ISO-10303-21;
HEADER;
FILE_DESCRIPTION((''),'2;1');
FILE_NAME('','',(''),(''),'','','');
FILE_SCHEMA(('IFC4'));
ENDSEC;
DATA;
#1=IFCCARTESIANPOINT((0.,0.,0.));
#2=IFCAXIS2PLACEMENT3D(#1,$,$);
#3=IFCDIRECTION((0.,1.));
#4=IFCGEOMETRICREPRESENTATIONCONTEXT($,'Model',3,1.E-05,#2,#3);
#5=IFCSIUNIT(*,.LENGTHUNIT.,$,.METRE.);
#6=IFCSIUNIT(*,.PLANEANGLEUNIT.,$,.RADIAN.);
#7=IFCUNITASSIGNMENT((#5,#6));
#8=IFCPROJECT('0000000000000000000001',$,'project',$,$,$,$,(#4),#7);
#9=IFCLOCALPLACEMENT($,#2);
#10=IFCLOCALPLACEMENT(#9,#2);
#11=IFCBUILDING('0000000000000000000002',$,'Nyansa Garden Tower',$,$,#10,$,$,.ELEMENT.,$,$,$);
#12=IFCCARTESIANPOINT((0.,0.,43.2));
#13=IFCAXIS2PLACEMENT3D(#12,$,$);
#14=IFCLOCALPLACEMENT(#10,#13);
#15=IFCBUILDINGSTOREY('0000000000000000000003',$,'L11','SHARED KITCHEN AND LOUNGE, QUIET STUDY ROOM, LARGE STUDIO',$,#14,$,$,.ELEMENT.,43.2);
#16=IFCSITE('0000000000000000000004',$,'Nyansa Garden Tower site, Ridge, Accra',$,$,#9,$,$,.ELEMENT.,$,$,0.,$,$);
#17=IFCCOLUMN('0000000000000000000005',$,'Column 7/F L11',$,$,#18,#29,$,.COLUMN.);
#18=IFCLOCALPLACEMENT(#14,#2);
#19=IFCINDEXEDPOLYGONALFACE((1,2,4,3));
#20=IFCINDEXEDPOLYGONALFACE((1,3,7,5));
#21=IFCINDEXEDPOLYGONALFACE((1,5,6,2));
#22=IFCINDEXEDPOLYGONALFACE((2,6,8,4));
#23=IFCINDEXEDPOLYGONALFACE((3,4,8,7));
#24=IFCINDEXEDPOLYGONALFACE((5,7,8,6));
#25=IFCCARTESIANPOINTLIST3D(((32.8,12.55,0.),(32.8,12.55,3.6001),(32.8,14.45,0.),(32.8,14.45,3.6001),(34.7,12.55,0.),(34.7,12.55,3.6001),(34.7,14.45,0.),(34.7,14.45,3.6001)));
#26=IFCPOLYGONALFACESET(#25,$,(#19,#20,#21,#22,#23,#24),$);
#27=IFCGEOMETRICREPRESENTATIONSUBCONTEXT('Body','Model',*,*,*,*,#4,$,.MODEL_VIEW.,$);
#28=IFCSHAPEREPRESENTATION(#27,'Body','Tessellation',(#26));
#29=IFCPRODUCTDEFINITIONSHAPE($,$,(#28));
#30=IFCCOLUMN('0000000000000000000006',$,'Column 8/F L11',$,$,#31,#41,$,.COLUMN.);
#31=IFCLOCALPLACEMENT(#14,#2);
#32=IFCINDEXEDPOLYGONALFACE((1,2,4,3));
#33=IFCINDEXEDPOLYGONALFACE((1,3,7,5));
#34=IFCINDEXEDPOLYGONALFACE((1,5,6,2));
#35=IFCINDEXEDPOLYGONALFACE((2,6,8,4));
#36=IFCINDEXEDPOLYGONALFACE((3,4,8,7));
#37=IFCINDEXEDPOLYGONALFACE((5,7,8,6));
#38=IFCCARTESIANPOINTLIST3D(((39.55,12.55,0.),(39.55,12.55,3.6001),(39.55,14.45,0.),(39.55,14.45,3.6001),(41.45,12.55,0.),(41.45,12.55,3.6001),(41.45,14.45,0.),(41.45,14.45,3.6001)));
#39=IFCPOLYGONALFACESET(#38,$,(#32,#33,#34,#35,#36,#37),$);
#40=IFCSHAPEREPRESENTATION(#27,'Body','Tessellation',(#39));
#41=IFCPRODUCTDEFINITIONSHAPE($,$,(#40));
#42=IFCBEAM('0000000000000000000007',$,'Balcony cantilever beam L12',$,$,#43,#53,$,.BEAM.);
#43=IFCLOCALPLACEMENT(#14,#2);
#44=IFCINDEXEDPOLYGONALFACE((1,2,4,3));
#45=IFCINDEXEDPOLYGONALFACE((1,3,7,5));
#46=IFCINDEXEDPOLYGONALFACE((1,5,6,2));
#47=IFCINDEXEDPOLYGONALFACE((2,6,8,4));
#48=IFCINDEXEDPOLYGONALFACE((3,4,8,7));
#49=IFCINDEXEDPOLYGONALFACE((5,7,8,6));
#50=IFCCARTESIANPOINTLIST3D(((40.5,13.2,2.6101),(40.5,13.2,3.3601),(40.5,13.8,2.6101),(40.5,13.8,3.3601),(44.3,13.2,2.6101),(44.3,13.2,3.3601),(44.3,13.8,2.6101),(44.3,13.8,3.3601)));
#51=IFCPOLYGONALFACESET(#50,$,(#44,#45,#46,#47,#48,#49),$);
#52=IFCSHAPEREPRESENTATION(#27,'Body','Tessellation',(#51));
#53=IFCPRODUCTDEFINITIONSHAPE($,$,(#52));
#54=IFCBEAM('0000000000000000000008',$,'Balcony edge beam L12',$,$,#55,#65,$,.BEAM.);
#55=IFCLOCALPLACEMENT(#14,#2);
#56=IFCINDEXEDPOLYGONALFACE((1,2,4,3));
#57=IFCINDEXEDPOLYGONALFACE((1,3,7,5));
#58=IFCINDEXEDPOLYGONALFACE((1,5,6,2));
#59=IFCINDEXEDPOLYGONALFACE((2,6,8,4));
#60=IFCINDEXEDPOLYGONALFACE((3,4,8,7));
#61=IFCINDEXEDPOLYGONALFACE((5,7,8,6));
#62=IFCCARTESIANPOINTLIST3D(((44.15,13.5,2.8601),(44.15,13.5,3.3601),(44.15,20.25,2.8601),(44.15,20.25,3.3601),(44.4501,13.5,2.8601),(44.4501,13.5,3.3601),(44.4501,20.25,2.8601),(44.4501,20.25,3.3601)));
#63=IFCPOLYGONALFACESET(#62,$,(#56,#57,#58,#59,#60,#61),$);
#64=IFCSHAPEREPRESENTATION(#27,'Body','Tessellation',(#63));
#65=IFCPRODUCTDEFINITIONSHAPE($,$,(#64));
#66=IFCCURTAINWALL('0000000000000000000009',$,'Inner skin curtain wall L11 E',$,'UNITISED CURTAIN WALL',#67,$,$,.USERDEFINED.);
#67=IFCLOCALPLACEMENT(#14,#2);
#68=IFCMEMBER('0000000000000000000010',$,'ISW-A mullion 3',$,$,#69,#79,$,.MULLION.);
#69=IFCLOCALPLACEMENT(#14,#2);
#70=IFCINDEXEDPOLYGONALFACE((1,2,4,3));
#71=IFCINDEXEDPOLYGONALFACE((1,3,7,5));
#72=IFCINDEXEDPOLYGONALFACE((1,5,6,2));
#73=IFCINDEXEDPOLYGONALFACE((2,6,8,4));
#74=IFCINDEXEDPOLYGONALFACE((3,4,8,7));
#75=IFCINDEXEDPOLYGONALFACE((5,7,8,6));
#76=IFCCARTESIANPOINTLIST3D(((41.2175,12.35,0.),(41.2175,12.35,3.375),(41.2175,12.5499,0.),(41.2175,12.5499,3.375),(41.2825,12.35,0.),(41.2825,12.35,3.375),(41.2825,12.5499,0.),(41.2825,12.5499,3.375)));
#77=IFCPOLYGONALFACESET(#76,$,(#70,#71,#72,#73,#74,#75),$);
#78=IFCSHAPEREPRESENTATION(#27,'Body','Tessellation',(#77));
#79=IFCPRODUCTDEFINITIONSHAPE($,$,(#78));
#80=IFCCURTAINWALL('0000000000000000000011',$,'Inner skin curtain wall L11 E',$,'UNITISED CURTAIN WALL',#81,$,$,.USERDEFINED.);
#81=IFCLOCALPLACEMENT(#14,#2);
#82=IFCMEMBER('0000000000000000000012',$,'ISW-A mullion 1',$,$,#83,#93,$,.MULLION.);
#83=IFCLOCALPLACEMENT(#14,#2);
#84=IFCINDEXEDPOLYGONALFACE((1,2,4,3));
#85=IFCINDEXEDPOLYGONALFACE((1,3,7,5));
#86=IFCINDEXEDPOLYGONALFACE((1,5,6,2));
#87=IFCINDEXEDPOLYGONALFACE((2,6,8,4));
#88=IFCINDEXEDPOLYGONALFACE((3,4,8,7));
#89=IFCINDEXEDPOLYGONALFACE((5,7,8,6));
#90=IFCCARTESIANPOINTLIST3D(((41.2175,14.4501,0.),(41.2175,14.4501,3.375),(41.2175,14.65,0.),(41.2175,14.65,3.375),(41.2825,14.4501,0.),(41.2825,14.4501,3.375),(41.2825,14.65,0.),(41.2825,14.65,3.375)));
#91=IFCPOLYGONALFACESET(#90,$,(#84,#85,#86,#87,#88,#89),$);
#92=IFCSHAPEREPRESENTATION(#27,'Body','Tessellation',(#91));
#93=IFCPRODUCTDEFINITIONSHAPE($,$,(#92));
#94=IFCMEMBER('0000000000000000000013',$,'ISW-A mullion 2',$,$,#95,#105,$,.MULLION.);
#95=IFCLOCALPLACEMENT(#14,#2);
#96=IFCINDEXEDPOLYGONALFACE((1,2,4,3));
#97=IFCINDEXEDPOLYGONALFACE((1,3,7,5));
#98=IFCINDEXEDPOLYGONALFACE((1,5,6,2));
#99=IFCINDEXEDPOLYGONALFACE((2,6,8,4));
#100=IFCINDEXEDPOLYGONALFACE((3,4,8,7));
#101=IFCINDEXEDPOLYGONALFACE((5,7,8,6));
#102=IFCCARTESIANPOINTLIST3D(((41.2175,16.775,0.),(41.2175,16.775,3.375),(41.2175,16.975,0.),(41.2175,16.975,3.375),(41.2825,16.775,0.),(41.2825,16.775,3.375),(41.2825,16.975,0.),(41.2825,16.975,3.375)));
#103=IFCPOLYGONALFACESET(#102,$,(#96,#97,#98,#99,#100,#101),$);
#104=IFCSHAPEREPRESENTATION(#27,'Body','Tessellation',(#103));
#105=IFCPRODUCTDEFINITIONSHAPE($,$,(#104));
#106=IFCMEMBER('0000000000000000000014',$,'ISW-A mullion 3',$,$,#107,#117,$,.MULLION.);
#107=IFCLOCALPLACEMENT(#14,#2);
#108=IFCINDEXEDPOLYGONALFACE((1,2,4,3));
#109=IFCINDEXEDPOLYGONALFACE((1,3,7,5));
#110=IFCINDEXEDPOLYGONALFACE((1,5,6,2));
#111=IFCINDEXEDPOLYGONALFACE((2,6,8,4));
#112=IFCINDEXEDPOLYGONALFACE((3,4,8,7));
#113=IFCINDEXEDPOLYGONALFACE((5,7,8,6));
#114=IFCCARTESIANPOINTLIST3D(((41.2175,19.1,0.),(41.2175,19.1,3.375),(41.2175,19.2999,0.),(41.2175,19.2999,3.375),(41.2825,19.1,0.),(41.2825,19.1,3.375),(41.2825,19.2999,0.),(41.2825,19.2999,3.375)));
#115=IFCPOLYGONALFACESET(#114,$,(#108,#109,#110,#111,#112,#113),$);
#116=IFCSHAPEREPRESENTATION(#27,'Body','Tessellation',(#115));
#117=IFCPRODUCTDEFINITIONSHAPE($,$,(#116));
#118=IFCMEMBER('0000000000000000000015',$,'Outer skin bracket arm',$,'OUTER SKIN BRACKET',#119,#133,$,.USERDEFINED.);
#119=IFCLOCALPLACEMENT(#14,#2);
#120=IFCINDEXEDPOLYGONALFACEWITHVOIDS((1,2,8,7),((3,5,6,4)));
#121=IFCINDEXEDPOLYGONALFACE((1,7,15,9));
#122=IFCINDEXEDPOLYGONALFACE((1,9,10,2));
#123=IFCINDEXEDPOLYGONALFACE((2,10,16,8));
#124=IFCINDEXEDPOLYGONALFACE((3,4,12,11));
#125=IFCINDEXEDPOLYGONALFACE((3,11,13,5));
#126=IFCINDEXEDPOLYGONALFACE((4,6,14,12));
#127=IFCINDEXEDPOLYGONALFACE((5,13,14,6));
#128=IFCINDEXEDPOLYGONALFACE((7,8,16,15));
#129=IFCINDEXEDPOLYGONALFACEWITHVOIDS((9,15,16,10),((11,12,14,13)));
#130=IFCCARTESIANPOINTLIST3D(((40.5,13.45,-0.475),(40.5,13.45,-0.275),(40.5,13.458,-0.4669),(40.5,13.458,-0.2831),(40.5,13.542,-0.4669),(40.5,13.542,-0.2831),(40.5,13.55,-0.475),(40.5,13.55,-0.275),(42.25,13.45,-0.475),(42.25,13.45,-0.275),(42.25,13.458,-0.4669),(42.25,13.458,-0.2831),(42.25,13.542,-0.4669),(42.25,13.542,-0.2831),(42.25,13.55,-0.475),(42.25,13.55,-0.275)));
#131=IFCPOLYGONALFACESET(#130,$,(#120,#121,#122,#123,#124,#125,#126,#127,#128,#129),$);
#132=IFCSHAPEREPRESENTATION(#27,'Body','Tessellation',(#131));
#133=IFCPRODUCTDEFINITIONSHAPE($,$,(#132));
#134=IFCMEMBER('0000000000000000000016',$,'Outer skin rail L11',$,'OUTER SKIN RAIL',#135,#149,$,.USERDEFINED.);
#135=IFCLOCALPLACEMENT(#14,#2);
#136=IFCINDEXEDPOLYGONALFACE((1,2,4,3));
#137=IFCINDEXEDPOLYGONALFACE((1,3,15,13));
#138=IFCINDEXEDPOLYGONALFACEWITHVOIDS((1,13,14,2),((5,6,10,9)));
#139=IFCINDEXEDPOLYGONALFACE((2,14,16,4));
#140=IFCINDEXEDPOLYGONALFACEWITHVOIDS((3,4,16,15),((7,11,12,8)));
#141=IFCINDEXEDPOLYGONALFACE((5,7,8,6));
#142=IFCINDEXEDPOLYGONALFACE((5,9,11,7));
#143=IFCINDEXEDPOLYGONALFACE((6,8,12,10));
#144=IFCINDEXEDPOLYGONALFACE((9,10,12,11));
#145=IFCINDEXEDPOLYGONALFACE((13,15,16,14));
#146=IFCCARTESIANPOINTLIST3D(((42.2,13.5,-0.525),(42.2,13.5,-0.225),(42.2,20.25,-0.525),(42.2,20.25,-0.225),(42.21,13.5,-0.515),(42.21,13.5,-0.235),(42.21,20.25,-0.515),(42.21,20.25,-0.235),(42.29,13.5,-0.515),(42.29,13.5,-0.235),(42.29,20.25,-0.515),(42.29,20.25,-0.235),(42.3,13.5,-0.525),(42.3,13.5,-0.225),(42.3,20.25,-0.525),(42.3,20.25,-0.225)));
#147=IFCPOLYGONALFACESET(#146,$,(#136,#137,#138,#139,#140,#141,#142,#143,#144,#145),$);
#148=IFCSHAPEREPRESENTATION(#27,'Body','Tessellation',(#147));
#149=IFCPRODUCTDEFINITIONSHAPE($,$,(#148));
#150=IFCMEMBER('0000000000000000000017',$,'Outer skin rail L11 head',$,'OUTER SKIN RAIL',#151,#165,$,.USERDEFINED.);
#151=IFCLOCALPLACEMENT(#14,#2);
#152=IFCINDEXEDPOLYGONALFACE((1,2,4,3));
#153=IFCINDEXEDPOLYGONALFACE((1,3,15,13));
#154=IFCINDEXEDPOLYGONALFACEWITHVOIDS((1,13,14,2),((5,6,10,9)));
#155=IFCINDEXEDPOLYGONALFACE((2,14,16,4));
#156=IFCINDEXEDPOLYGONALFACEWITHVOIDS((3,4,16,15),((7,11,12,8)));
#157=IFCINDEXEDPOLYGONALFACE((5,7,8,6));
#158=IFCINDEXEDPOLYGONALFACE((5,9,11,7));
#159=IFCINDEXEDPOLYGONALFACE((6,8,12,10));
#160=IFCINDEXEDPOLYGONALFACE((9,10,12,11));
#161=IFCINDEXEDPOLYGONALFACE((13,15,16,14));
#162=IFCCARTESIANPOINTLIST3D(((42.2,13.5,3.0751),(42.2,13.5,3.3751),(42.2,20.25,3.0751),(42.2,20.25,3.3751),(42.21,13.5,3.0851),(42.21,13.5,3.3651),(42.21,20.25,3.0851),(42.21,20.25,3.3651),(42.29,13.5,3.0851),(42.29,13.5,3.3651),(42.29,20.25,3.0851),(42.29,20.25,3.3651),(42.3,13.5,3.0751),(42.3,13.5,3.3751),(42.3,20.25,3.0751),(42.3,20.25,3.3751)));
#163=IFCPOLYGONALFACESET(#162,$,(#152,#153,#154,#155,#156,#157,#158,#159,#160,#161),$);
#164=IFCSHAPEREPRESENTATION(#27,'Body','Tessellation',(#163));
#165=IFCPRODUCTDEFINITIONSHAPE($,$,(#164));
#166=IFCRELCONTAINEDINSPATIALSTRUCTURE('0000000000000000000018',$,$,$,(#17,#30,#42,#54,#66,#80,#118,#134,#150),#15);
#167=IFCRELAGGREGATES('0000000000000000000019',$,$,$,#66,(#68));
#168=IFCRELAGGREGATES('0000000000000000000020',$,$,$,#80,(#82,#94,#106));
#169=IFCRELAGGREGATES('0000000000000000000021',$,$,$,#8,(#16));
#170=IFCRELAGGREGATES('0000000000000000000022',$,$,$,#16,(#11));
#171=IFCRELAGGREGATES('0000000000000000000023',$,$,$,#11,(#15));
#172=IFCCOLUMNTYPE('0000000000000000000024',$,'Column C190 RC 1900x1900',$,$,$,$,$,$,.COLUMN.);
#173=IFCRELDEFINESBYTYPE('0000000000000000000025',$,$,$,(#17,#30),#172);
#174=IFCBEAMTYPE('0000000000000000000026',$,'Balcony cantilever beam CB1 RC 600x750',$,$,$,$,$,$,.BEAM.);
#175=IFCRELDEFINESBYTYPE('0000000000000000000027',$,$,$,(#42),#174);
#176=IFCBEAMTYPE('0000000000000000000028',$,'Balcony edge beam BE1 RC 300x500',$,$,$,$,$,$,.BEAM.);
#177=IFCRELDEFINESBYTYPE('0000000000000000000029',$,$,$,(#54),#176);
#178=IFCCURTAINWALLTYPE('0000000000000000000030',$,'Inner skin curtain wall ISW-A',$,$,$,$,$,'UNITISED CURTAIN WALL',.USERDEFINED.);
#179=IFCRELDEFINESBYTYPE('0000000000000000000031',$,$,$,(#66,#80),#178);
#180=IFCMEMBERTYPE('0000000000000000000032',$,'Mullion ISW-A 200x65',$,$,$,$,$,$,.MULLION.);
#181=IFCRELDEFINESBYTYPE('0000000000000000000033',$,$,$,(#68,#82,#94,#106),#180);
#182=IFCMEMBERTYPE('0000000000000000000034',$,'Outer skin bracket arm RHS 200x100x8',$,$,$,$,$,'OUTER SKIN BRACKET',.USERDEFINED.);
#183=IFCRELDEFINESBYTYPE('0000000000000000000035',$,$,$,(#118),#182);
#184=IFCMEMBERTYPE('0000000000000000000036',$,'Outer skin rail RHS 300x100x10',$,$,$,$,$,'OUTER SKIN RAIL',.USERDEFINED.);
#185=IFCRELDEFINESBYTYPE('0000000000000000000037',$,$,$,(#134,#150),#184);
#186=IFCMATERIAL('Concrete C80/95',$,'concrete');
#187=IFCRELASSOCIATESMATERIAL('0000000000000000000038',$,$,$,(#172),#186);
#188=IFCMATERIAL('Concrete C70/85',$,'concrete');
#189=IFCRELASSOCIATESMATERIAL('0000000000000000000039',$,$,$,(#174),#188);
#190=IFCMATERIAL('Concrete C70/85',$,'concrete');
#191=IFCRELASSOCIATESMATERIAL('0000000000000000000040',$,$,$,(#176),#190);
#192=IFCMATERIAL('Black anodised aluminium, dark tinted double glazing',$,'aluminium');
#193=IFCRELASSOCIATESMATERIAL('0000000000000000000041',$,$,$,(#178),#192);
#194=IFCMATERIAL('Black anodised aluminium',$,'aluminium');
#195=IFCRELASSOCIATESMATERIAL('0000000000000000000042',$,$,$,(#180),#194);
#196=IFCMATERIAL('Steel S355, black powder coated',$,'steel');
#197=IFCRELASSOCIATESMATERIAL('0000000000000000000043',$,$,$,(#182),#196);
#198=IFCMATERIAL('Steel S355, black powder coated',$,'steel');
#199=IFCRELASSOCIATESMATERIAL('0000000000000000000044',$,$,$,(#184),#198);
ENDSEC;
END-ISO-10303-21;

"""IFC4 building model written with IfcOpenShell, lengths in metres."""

from ifc_helpers import new_model, si_unit, direction, frame, origin, origin_2d, place, context, subcontext, project, spatial, rectangle, hollow_rectangle, extrude, material, material_profile, profile_set, type_object, element, aggregate, save


model = new_model("IFC4")

# Units and contexts
model_context = context("Model", 3, precision=1e-05, world=origin(), true_north=direction((0.0, 1.0)))
body_context = subcontext(model_context, "Body", "Model", "MODEL_VIEW")
ifc_project = project(units=[si_unit("LENGTHUNIT", "METRE"), si_unit("PLANEANGLEUNIT", "RADIAN")], contexts=[model_context])

# Site, building, storey
site_placement = place(None, origin())
site = spatial("IfcSite", under=ifc_project, at=site_placement, Name="Nyansa Garden Tower site, Ridge, Accra", CompositionType="ELEMENT", RefElevation=0.0)
building_placement = place(site_placement, origin())
building = spatial("IfcBuilding", under=site, at=building_placement, Name="Nyansa Garden Tower", CompositionType="ELEMENT")
storey_placement = place(building_placement, frame((0.0, 0.0, 43.2)))
storey = spatial("IfcBuildingStorey", under=building, at=storey_placement, Name="L11", Description="SHARED KITCHEN AND LOUNGE, QUIET STUDY ROOM, LARGE STUDIO", CompositionType="ELEMENT", Elevation=43.2)

# Columns
ifc_material_1 = material(Name="Concrete C80/95", Category="concrete")
ifc_material_profile_1 = material_profile(ifc_material_1, rectangle(XDim=1.8999, YDim=1.8999, at=origin_2d()), Name="RC 1900x1900")
ifc_profile_set_1 = profile_set([ifc_material_profile_1], Name="Concrete C80/95")
column_type = type_object("IfcColumnType", Name="Column C190 RC 1900x1900", PredefinedType="COLUMN", material=ifc_profile_set_1)
for number, where, z_axis, x_axis, name in (
    (1, (33.75, 13.5, 0.0), (0.0, 0.0, 1.0), (1.0, 0.0, 0.0), "Column 7/F L11"),
    (2, (40.5, 13.5, 0.0), (0.0, 0.0, 1.0), (1.0, 0.0, 0.0), "Column 8/F L11"),
):
    element("IfcColumn", number, at=place(storey_placement, frame(where, z_axis=z_axis, x_axis=x_axis)), inside=storey, type_object=column_type, Name=name, PredefinedType="COLUMN", context=body_context, shape_type="SweptSolid", body=[
        extrude(rectangle(XDim=1.8999, YDim=1.8999, at=origin_2d()), origin(), (0.0, 0.0, 1.0), 3.6001),
    ])

# Beams
ifc_material_2 = material(Name="Concrete C70/85", Category="concrete")
ifc_material_profile_2 = material_profile(ifc_material_2, rectangle(XDim=0.6001, YDim=0.75, at=origin_2d()), Name="RC 600x750")
ifc_profile_set_2 = profile_set([ifc_material_profile_2], Name="Concrete C70/85")
beam_type_1 = type_object("IfcBeamType", Name="Balcony cantilever beam CB1 RC 600x750", PredefinedType="BEAM", material=ifc_profile_set_2)
beam_1_placement = place(storey_placement, frame((40.5, 13.5, 2.9851), z_axis=(1.0, 0.0, 0.0), x_axis=(0.0, 1.0, 0.0)))
element("IfcBeam", 3, at=beam_1_placement, inside=storey, type_object=beam_type_1, Name="Balcony cantilever beam L12", PredefinedType="BEAM", context=body_context, shape_type="SweptSolid", body=[
    extrude(rectangle(XDim=0.6001, YDim=0.75, at=origin_2d()), origin(), (0.0, 0.0, 1.0), 3.8),
])
ifc_material_3 = material(Name="Concrete C70/85", Category="concrete")
ifc_material_profile_3 = material_profile(ifc_material_3, rectangle(XDim=0.3, YDim=0.5, at=origin_2d()), Name="RC 300x500")
ifc_profile_set_3 = profile_set([ifc_material_profile_3], Name="Concrete C70/85")
beam_type_2 = type_object("IfcBeamType", Name="Balcony edge beam BE1 RC 300x500", PredefinedType="BEAM", material=ifc_profile_set_3)
beam_2_placement = place(storey_placement, frame((44.3, 13.5, 3.1101), z_axis=(0.0, 1.0, 0.0), x_axis=(-1.0, 0.0, 0.0)))
element("IfcBeam", 4, at=beam_2_placement, inside=storey, type_object=beam_type_2, Name="Balcony edge beam L12", PredefinedType="BEAM", context=body_context, shape_type="SweptSolid", body=[
    extrude(rectangle(XDim=0.3, YDim=0.5, at=origin_2d()), origin(), (0.0, 0.0, 1.0), 6.75),
])

# Curtain wall, member
ifc_material_4 = material(Name="Black anodised aluminium, dark tinted double glazing", Category="aluminium")
curtain_wall_type = type_object("IfcCurtainWallType", Name="Inner skin curtain wall ISW-A", ElementType="UNITISED CURTAIN WALL", PredefinedType="USERDEFINED", material=ifc_material_4)
curtain_wall_1_placement = place(storey_placement, origin())
curtain_wall_1 = element("IfcCurtainWall", 5, at=curtain_wall_1_placement, inside=storey, type_object=curtain_wall_type, Name="Inner skin curtain wall L11 E", ObjectType="UNITISED CURTAIN WALL", PredefinedType="USERDEFINED")
ifc_material_5 = material(Name="Black anodised aluminium", Category="aluminium")
ifc_material_profile_4 = material_profile(ifc_material_5, rectangle(XDim=0.0649, YDim=0.2, at=origin_2d()), Name="Mullion 200x65")
ifc_profile_set_4 = profile_set([ifc_material_profile_4], Name="Black anodised aluminium")
member_type_1 = type_object("IfcMemberType", Name="Mullion ISW-A 200x65", PredefinedType="MULLION", material=ifc_profile_set_4)
member_1_placement = place(storey_placement, frame((41.25, 12.45, 0.0), z_axis=(0.0, 0.0, 1.0), x_axis=(-1.0, 0.0, 0.0)))
member_1 = element("IfcMember", 6, at=member_1_placement, type_object=member_type_1, Name="ISW-A mullion 3", PredefinedType="MULLION", context=body_context, shape_type="SweptSolid", body=[
    extrude(rectangle(XDim=0.0649, YDim=0.2, at=origin_2d()), origin(), (0.0, 0.0, 1.0), 3.375),
])
aggregate(curtain_wall_1, [member_1])

# Curtain wall, members
curtain_wall_2_placement = place(storey_placement, origin())
curtain_wall_2 = element("IfcCurtainWall", 7, at=curtain_wall_2_placement, inside=storey, type_object=curtain_wall_type, Name="Inner skin curtain wall L11 E", ObjectType="UNITISED CURTAIN WALL", PredefinedType="USERDEFINED")
member_2_placement = place(storey_placement, frame((41.25, 14.55, 0.0), z_axis=(0.0, 0.0, 1.0), x_axis=(-1.0, 0.0, 0.0)))
member_2 = element("IfcMember", 8, at=member_2_placement, type_object=member_type_1, Name="ISW-A mullion 1", PredefinedType="MULLION", context=body_context, shape_type="SweptSolid", body=[
    extrude(rectangle(XDim=0.0649, YDim=0.2, at=origin_2d()), origin(), (0.0, 0.0, 1.0), 3.375),
])
member_3_placement = place(storey_placement, frame((41.25, 16.875, 0.0), z_axis=(0.0, 0.0, 1.0), x_axis=(-1.0, 0.0, 0.0)))
member_3 = element("IfcMember", 9, at=member_3_placement, type_object=member_type_1, Name="ISW-A mullion 2", PredefinedType="MULLION", context=body_context, shape_type="SweptSolid", body=[
    extrude(rectangle(XDim=0.0649, YDim=0.2, at=origin_2d()), origin(), (0.0, 0.0, 1.0), 3.375),
])
member_4_placement = place(storey_placement, frame((41.25, 19.2, 0.0), z_axis=(0.0, 0.0, 1.0), x_axis=(-1.0, 0.0, 0.0)))
member_4 = element("IfcMember", 10, at=member_4_placement, type_object=member_type_1, Name="ISW-A mullion 3", PredefinedType="MULLION", context=body_context, shape_type="SweptSolid", body=[
    extrude(rectangle(XDim=0.0649, YDim=0.2, at=origin_2d()), origin(), (0.0, 0.0, 1.0), 3.375),
])

# Members
ifc_material_6 = material(Name="Steel S355, black powder coated", Category="steel")
ifc_material_profile_5 = material_profile(ifc_material_6, hollow_rectangle(XDim=0.1001, YDim=0.2, WallThickness=0.0081, at=origin_2d()), Name="RHS 200x100x8")
ifc_profile_set_5 = profile_set([ifc_material_profile_5], Name="Steel S355, black powder coated")
member_type_2 = type_object("IfcMemberType", Name="Outer skin bracket arm RHS 200x100x8", ElementType="OUTER SKIN BRACKET", PredefinedType="USERDEFINED", material=ifc_profile_set_5)
member_5_placement = place(storey_placement, frame((40.5, 13.5, -0.375), z_axis=(1.0, 0.0, 0.0), x_axis=(0.0, 1.0, 0.0)))
element("IfcMember", 11, at=member_5_placement, inside=storey, type_object=member_type_2, Name="Outer skin bracket arm", ObjectType="OUTER SKIN BRACKET", PredefinedType="USERDEFINED", context=body_context, shape_type="SweptSolid", body=[
    extrude(hollow_rectangle(XDim=0.1001, YDim=0.2, WallThickness=0.0081, at=origin_2d()), origin(), (0.0, 0.0, 1.0), 1.75),
])
ifc_material_7 = material(Name="Steel S355, black powder coated", Category="steel")
ifc_material_profile_6 = material_profile(ifc_material_7, hollow_rectangle(XDim=0.1001, YDim=0.3, WallThickness=0.01, at=origin_2d()), Name="RHS 300x100x10")
ifc_profile_set_6 = profile_set([ifc_material_profile_6], Name="Steel S355, black powder coated")
member_type_3 = type_object("IfcMemberType", Name="Outer skin rail RHS 300x100x10", ElementType="OUTER SKIN RAIL", PredefinedType="USERDEFINED", material=ifc_profile_set_6)
for number, where, z_axis, x_axis, name in (
    (12, (42.25, 13.5, -0.375), (0.0, 1.0, 0.0), (-1.0, 0.0, 0.0), "Outer skin rail L11"),
    (13, (42.25, 13.5, 3.2251), (0.0, 1.0, 0.0), (-1.0, 0.0, 0.0), "Outer skin rail L11 head"),
):
    element("IfcMember", number, at=place(storey_placement, frame(where, z_axis=z_axis, x_axis=x_axis)), inside=storey, type_object=member_type_3, Name=name, ObjectType="OUTER SKIN RAIL", PredefinedType="USERDEFINED", context=body_context, shape_type="SweptSolid", body=[
        extrude(hollow_rectangle(XDim=0.1001, YDim=0.3, WallThickness=0.01, at=origin_2d()), origin(), (0.0, 0.0, 1.0), 6.75),
    ])

aggregate(curtain_wall_2, [member_2, member_3, member_4])

save(model, "model.ifc")
